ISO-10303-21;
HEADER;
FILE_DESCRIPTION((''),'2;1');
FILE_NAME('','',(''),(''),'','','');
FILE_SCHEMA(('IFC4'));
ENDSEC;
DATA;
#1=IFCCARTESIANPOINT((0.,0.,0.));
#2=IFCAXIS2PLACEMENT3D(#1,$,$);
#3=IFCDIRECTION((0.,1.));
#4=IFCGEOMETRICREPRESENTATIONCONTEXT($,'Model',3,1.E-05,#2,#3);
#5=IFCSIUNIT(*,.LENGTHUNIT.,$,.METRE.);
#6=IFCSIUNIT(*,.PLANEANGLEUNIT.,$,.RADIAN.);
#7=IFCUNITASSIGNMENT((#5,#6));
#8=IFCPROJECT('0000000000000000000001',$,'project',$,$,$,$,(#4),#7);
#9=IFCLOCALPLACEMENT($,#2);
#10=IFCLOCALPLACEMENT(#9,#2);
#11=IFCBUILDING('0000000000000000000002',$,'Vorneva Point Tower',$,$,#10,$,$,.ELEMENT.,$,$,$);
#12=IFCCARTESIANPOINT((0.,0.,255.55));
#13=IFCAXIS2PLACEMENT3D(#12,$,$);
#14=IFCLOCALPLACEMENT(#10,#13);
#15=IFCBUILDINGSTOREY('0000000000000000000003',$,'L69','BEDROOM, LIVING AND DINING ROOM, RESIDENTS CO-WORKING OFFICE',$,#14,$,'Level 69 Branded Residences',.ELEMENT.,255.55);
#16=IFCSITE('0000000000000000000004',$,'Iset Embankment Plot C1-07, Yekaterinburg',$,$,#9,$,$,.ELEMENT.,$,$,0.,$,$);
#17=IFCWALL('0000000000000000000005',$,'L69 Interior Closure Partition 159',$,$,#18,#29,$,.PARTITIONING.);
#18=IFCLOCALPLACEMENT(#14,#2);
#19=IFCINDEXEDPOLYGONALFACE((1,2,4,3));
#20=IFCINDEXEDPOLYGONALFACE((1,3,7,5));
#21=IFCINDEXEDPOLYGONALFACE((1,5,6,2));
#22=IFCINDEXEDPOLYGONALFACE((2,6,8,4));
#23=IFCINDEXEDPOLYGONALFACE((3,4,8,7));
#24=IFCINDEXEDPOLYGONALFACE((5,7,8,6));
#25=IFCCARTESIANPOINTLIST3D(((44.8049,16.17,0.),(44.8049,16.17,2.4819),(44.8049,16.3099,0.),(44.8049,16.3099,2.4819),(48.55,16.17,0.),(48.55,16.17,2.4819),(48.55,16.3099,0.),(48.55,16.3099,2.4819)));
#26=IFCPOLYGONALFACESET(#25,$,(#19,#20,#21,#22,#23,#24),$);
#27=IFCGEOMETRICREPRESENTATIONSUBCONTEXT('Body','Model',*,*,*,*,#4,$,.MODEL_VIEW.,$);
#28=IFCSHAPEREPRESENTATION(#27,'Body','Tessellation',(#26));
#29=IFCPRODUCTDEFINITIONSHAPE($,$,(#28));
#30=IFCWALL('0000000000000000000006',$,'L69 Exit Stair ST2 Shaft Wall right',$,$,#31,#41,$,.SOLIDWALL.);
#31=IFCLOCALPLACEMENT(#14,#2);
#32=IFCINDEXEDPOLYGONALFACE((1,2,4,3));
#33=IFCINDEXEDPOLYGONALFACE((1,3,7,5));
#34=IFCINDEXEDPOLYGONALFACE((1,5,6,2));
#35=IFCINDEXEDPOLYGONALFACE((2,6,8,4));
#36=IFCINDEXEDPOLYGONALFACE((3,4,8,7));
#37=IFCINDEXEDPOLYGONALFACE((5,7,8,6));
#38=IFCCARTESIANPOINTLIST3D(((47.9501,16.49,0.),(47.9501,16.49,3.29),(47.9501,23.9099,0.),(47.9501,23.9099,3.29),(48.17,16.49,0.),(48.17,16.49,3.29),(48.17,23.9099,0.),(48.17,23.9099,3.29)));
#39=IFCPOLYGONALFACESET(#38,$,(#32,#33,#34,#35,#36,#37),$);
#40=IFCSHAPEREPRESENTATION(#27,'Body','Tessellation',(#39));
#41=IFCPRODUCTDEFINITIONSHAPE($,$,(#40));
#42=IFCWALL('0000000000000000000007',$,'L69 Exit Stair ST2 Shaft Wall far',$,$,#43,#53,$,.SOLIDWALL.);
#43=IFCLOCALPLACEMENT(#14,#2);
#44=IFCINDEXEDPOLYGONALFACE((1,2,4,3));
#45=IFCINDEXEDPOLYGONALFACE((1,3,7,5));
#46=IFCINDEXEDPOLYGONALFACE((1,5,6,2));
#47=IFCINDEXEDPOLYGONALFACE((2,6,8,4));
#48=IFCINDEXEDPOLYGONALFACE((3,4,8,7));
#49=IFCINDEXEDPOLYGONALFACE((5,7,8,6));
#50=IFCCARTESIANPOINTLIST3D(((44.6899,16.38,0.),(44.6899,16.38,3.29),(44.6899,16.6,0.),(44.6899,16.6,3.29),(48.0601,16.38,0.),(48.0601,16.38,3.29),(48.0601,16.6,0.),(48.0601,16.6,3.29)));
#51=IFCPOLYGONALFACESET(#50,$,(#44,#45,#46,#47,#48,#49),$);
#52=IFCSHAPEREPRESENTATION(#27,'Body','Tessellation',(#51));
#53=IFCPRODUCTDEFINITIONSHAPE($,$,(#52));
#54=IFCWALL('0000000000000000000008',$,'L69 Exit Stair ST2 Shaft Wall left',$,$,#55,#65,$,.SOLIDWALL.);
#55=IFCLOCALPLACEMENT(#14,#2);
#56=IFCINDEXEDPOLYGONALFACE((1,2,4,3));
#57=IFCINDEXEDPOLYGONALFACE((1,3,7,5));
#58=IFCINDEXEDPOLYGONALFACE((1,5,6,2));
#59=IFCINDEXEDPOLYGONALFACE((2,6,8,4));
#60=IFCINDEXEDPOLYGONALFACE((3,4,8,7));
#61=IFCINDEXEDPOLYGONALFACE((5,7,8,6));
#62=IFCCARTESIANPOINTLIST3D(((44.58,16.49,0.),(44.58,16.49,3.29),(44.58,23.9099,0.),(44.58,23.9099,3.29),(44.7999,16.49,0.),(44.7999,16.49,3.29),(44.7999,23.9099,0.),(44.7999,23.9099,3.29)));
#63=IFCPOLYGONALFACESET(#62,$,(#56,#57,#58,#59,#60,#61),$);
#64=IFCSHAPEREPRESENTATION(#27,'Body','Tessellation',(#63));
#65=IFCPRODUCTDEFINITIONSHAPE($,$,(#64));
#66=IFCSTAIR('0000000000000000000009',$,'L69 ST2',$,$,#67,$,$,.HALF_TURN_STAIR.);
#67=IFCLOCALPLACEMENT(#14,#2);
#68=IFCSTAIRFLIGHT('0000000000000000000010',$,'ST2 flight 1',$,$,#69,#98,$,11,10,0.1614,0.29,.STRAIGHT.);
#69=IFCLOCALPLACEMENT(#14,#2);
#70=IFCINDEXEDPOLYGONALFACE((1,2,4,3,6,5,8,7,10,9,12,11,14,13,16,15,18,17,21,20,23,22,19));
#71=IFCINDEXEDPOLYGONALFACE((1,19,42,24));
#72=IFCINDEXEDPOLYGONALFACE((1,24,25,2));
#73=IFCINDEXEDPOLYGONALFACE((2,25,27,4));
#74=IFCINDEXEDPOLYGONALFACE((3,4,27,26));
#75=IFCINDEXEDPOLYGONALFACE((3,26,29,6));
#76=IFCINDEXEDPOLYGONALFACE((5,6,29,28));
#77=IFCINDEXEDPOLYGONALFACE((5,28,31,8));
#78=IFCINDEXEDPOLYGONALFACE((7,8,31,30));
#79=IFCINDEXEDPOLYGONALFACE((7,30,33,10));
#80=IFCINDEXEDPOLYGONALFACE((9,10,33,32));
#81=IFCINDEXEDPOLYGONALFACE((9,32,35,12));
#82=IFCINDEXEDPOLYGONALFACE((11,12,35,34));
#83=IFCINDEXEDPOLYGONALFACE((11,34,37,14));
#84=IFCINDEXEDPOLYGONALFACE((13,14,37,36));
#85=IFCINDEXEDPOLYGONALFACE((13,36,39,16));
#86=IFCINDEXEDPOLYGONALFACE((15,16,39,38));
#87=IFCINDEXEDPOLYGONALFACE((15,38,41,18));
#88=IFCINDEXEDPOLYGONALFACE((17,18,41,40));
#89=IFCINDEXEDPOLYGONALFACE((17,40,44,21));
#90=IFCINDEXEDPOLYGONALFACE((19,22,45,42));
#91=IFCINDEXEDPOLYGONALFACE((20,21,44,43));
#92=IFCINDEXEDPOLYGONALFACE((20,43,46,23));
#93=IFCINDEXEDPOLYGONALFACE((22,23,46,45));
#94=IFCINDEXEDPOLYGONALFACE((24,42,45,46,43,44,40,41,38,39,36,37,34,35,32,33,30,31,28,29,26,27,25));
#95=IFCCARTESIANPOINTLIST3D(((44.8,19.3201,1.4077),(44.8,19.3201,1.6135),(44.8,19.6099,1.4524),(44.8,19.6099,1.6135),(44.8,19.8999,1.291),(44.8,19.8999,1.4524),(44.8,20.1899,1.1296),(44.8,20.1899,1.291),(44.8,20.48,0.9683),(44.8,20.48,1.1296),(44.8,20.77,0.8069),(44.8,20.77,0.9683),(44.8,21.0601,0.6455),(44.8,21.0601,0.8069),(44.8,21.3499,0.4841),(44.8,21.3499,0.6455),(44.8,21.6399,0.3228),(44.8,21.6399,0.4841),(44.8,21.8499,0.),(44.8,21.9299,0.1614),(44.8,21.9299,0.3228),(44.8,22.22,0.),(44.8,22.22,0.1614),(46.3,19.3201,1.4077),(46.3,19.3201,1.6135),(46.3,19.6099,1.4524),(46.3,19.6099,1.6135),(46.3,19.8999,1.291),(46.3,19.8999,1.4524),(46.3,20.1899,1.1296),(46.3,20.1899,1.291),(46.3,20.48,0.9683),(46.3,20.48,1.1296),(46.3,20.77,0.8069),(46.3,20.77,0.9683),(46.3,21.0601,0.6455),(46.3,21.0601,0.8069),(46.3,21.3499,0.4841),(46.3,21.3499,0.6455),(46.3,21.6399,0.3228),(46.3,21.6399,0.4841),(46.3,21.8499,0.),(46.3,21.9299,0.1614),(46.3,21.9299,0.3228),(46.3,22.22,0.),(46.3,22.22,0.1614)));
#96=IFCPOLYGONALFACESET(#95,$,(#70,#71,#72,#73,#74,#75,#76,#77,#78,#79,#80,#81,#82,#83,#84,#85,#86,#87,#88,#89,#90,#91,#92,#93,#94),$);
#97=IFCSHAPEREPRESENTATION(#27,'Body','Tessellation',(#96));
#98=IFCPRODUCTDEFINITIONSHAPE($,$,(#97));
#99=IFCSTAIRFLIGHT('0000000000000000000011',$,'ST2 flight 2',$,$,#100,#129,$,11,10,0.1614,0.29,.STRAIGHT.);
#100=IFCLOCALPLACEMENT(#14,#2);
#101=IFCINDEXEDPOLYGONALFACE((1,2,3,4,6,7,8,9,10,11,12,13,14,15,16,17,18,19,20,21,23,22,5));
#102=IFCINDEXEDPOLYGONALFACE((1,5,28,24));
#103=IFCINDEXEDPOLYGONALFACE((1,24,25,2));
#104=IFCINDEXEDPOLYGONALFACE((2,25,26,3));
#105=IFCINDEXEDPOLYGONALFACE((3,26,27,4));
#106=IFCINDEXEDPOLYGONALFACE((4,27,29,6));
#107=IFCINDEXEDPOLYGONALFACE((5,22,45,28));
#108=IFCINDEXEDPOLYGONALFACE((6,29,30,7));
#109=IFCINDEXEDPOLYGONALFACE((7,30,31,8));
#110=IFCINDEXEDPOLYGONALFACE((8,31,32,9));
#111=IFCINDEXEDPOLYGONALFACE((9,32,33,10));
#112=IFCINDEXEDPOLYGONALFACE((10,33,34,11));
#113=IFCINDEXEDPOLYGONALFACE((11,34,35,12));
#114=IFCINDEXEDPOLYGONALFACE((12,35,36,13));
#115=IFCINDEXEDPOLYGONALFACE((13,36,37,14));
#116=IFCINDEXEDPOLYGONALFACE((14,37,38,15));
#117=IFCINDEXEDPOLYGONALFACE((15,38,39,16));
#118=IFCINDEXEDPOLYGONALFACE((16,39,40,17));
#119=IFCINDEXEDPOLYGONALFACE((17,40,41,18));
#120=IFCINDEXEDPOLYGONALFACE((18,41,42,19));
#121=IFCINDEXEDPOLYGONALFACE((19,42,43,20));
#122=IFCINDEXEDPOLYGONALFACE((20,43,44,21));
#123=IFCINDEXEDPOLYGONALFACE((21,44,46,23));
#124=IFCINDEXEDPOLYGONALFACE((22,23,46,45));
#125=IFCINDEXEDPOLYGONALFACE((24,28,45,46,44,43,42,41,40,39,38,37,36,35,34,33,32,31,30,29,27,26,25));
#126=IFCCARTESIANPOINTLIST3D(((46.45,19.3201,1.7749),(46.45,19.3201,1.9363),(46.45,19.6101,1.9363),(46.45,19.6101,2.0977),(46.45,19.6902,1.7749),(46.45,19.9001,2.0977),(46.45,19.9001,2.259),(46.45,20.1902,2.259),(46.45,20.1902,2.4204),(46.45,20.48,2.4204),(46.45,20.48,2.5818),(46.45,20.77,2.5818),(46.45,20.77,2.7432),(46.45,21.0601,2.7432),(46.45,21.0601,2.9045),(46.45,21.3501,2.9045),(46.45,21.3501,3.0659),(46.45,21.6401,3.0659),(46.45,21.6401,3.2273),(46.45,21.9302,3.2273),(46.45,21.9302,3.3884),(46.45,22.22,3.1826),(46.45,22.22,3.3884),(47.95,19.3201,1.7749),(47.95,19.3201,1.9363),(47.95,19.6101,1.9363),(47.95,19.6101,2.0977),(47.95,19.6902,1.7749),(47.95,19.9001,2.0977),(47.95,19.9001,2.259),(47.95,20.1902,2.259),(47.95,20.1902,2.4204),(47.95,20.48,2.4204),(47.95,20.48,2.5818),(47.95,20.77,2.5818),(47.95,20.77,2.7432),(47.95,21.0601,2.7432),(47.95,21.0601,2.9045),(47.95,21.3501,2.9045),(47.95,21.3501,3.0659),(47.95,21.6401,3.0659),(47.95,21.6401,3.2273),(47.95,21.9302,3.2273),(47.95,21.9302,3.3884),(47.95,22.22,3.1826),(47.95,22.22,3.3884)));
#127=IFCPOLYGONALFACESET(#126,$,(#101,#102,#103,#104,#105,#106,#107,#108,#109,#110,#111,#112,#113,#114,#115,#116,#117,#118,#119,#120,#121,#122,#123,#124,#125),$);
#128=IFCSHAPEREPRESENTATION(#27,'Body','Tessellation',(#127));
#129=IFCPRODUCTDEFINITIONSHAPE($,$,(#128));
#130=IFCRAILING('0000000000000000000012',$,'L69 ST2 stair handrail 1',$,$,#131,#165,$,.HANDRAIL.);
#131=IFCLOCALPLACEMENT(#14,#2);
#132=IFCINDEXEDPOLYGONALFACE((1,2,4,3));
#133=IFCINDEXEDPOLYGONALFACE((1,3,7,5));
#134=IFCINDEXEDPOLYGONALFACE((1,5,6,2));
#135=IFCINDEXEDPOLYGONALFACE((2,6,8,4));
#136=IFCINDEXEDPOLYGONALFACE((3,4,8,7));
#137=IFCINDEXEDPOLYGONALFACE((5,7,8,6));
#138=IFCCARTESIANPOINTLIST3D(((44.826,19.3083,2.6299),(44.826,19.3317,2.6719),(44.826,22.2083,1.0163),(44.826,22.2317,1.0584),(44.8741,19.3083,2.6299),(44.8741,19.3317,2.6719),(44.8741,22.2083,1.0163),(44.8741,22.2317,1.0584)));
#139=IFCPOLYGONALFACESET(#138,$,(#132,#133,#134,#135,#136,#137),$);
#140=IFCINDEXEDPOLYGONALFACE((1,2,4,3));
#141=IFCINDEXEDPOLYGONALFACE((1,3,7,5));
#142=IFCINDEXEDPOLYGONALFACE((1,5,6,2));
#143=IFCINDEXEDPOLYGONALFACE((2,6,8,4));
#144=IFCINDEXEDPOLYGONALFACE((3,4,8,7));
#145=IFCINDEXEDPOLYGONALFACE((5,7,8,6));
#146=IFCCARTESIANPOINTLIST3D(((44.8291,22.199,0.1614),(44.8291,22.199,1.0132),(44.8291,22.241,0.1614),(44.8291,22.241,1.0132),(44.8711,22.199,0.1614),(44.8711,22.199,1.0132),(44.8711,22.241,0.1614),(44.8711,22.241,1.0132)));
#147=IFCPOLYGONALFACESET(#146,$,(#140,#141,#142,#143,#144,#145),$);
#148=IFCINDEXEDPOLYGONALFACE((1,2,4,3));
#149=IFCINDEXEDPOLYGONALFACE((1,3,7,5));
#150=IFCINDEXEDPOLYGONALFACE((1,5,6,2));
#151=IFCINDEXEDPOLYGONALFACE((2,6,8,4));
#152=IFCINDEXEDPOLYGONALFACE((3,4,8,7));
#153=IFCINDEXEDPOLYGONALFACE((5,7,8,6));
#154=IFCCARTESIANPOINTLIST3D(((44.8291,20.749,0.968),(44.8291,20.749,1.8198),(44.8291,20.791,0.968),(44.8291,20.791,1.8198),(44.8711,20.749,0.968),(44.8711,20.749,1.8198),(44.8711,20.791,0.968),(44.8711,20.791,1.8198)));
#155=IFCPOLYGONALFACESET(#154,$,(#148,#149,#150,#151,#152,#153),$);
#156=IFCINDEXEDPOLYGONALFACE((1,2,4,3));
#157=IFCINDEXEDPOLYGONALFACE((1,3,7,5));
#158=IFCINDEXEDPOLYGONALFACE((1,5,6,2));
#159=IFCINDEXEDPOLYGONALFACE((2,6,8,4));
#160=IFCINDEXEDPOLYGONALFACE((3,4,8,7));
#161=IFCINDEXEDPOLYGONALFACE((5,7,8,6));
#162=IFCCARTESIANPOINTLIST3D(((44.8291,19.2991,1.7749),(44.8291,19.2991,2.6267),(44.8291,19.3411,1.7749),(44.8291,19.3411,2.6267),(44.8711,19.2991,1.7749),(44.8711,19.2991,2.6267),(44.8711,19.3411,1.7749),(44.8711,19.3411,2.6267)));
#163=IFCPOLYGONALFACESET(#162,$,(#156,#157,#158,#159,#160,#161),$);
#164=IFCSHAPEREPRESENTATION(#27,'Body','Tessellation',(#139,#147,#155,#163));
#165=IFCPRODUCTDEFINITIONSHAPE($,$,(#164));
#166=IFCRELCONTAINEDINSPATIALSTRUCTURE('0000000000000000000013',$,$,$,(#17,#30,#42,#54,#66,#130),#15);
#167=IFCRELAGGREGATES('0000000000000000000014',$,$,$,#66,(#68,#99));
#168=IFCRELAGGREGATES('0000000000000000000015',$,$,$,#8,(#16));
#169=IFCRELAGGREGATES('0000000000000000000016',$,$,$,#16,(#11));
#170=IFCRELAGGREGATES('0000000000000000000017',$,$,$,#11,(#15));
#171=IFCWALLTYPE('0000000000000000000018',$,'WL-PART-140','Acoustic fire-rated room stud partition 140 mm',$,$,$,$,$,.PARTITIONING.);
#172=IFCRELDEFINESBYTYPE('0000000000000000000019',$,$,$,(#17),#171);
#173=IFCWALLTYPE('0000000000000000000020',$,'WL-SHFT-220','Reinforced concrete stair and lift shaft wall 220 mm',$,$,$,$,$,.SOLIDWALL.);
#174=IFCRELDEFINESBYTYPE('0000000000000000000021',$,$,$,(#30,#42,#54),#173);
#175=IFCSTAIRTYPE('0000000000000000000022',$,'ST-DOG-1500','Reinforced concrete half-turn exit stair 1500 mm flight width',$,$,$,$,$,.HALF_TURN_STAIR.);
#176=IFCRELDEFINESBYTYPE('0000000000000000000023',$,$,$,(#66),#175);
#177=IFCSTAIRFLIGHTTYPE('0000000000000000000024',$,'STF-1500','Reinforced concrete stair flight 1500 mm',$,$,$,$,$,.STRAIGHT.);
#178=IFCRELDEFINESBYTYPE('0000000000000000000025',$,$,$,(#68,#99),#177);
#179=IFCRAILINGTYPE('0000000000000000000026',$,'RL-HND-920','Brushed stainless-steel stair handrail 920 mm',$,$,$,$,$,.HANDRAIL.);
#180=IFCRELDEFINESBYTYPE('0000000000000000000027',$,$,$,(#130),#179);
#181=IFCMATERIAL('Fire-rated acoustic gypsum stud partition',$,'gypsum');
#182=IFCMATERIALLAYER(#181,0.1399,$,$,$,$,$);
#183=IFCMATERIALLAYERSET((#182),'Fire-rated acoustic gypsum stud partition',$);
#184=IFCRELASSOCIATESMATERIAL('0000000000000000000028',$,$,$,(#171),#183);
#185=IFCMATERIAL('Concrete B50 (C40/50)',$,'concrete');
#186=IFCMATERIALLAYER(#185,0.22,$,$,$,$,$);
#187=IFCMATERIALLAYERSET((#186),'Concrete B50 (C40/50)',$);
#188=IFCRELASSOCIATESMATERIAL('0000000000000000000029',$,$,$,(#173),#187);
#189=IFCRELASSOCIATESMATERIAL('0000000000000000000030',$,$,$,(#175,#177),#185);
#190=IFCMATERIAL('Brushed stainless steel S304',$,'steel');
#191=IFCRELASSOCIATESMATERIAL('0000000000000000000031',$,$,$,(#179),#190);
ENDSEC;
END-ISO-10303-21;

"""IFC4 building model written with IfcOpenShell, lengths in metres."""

from ifc_helpers import new_model, si_unit, direction, frame, frame_2d, origin, origin_2d, place, context, subcontext, project, spatial, polyline, rectangle, outline, extrude, material, layer, layer_set, type_object, element, aggregate, save


model = new_model("IFC4")

# Units and contexts
model_context = context("Model", 3, precision=1e-05, world=origin(), true_north=direction((0.0, 1.0)))
body_context = subcontext(model_context, "Body", "Model", "MODEL_VIEW")
ifc_project = project(units=[si_unit("LENGTHUNIT", "METRE"), si_unit("PLANEANGLEUNIT", "RADIAN")], contexts=[model_context])

# Site, building, storey
site_placement = place(None, origin())
site = spatial("IfcSite", under=ifc_project, at=site_placement, Name="Iset Embankment Plot C1-07, Yekaterinburg", CompositionType="ELEMENT", RefElevation=0.0)
building_placement = place(site_placement, origin())
building = spatial("IfcBuilding", under=site, at=building_placement, Name="Vorneva Point Tower", CompositionType="ELEMENT")
storey_placement = place(building_placement, frame((0.0, 0.0, 255.55)))
storey = spatial("IfcBuildingStorey", under=building, at=storey_placement, Name="L69", Description="BEDROOM, LIVING AND DINING ROOM, RESIDENTS CO-WORKING OFFICE", LongName="Level 69 Branded Residences", CompositionType="ELEMENT", Elevation=255.55)

# Wall
ifc_material_1 = material(Name="Fire-rated acoustic gypsum stud partition", Category="gypsum")
ifc_layer_1 = layer(ifc_material_1, 0.1399)
ifc_layer_set_1 = layer_set([ifc_layer_1], Name="Fire-rated acoustic gypsum stud partition")
wall_type_1 = type_object("IfcWallType", Name="WL-PART-140", Description="Acoustic fire-rated room stud partition 140 mm", PredefinedType="PARTITIONING", material=ifc_layer_set_1)
wall_1_placement = place(storey_placement, frame((44.8049, 16.24, 0.0), z_axis=(0.0, 0.0, 1.0), x_axis=(1.0, 0.0, 0.0)))
element("IfcWall", 1, at=wall_1_placement, inside=storey, type_object=wall_type_1, Name="L69 Interior Closure Partition 159", PredefinedType="PARTITIONING", context=body_context, shape_type="SweptSolid", body=[
    extrude(rectangle(XDim=3.7451, YDim=0.1399, at=frame_2d((1.8726, 0.0))), origin(), (0.0, 0.0, 1.0), 2.4819),
])

# Shared definitions
ifc_material_2 = material(Name="Concrete B50 (C40/50)", Category="concrete")
ifc_layer_2 = layer(ifc_material_2, 0.22)
ifc_layer_set_2 = layer_set([ifc_layer_2], Name="Concrete B50 (C40/50)")
wall_type_2 = type_object("IfcWallType", Name="WL-SHFT-220", Description="Reinforced concrete stair and lift shaft wall 220 mm", PredefinedType="SOLIDWALL", material=ifc_layer_set_2)

# Walls
wall_2_placement = place(storey_placement, frame((48.0601, 23.9099, 0.0), z_axis=(0.0, 0.0, 1.0), x_axis=(0.0, -1.0, 0.0)))
element("IfcWall", 2, at=wall_2_placement, inside=storey, type_object=wall_type_2, Name="L69 Exit Stair ST2 Shaft Wall right", PredefinedType="SOLIDWALL", context=body_context, shape_type="SweptSolid", body=[
    extrude(rectangle(XDim=7.4199, YDim=0.22, at=frame_2d((3.71, 0.0))), origin(), (0.0, 0.0, 1.0), 3.29),
])
wall_3_placement = place(storey_placement, frame((48.0601, 16.49, 0.0), z_axis=(0.0, 0.0, 1.0), x_axis=(-1.0, 0.0, 0.0)))
element("IfcWall", 3, at=wall_3_placement, inside=storey, type_object=wall_type_2, Name="L69 Exit Stair ST2 Shaft Wall far", PredefinedType="SOLIDWALL", context=body_context, shape_type="SweptSolid", body=[
    extrude(rectangle(XDim=3.3701, YDim=0.22, at=frame_2d((1.6851, 0.0))), origin(), (0.0, 0.0, 1.0), 3.29),
])
wall_4_placement = place(storey_placement, frame((44.6899, 16.49, 0.0), z_axis=(0.0, 0.0, 1.0), x_axis=(0.0, 1.0, 0.0)))
element("IfcWall", 4, at=wall_4_placement, inside=storey, type_object=wall_type_2, Name="L69 Exit Stair ST2 Shaft Wall left", PredefinedType="SOLIDWALL", context=body_context, shape_type="SweptSolid", body=[
    extrude(rectangle(XDim=7.4199, YDim=0.22, at=frame_2d((3.71, 0.0))), origin(), (0.0, 0.0, 1.0), 3.29),
])

# Stair, stair flights
stair_type = type_object("IfcStairType", Name="ST-DOG-1500", Description="Reinforced concrete half-turn exit stair 1500 mm flight width", PredefinedType="HALF_TURN_STAIR", material=ifc_material_2)
stair_placement = place(storey_placement, origin())
stair = element("IfcStair", 5, at=stair_placement, inside=storey, type_object=stair_type, Name="L69 ST2", PredefinedType="HALF_TURN_STAIR")
stair_flight_type = type_object("IfcStairFlightType", Name="STF-1500", Description="Reinforced concrete stair flight 1500 mm", PredefinedType="STRAIGHT", material=ifc_material_2)
stair_flight_1_placement = place(storey_placement, frame((45.55, 22.22, 0.0), z_axis=(0.0, 0.0, 1.0), x_axis=(0.0, -1.0, 0.0)))
stair_flight_1 = element("IfcStairFlight", 6, at=stair_flight_1_placement, type_object=stair_flight_type, Name="ST2 flight 1", NumberOfRisers=11, NumberOfTreads=10, PredefinedType="STRAIGHT", RiserHeight=0.1614, TreadLength=0.29, context=body_context, shape_type="SweptSolid", body=[
    extrude(outline(polyline([(0.0, 0.0), (0.0, 0.1614), (0.29, 0.1614), (0.29, 0.3228), (0.5801, 0.3228), (0.5801, 0.4841), (0.8701, 0.4841), (0.8701, 0.6455), (1.1599, 0.6455), (1.1599, 0.8069), (1.45, 0.8069), (1.45, 0.9683), (1.74, 0.9683), (1.74, 1.1296), (2.03, 1.1296), (2.03, 1.291), (2.3201, 1.291), (2.3201, 1.4524), (2.6101, 1.4524), (2.6101, 1.6135), (2.8999, 1.6135), (2.8999, 1.7749), (2.8999, 1.4077), (0.3701, 0.0), (0.0, 0.0)])), frame((0.0, 0.75, 0.0), z_axis=(0.0, -1.0, 0.0), x_axis=(1.0, 0.0, 0.0)), (0.0, 0.0, 1.0), 1.5),
])
stair_flight_2_placement = place(storey_placement, frame((47.2, 19.3201, 1.7749), z_axis=(0.0, 0.0, 1.0), x_axis=(0.0, 1.0, 0.0)))
stair_flight_2 = element("IfcStairFlight", 7, at=stair_flight_2_placement, type_object=stair_flight_type, Name="ST2 flight 2", NumberOfRisers=11, NumberOfTreads=10, PredefinedType="STRAIGHT", RiserHeight=0.1614, TreadLength=0.29, context=body_context, shape_type="SweptSolid", body=[
    extrude(outline(polyline([(0.0, 0.0), (0.0, 0.1614), (0.29, 0.1614), (0.29, 0.3228), (0.5801, 0.3228), (0.5801, 0.4841), (0.8701, 0.4841), (0.8701, 0.6455), (1.1599, 0.6455), (1.1599, 0.8069), (1.45, 0.8069), (1.45, 0.9683), (1.74, 0.9683), (1.74, 1.1296), (2.03, 1.1296), (2.03, 1.291), (2.3201, 1.291), (2.3201, 1.4524), (2.6101, 1.4524), (2.6101, 1.6135), (2.8999, 1.6135), (2.8999, 1.7749), (2.8999, 1.4077), (0.3701, 0.0), (0.0, 0.0)])), frame((0.0, 0.75, 0.0), z_axis=(0.0, -1.0, 0.0), x_axis=(1.0, 0.0, 0.0)), (0.0, 0.0, 1.0), 1.5),
])
aggregate(stair, [stair_flight_1, stair_flight_2])

# Railing
ifc_material_3 = material(Name="Brushed stainless steel S304", Category="steel")
railing_type_1 = type_object("IfcRailingType", Name="RL-HND-920", Description="Brushed stainless-steel stair handrail 920 mm", PredefinedType="HANDRAIL", material=ifc_material_3)
railing_1_placement = place(storey_placement, frame((44.8501, 22.22, 0.1614)))
element("IfcRailing", 8, at=railing_1_placement, inside=storey, type_object=railing_type_1, Name="L69 ST2 stair handrail 1", PredefinedType="HANDRAIL", context=body_context, shape_type="SweptSolid", body=[
    extrude(rectangle(XDim=0.0481, YDim=0.0481, at=origin_2d()), frame((0.0, 0.0, 0.876), z_axis=(0.0, -0.873841, 0.486211), x_axis=(1.0, 0.0, 0.0)), (0.0, 0.0, 1.0), 3.3186),
    extrude(rectangle(XDim=0.042, YDim=0.042, at=origin_2d()), origin(), (0.0, 0.0, 1.0), 0.8518),
    extrude(rectangle(XDim=0.042, YDim=0.042, at=origin_2d()), frame((0.0, -1.45, 0.8066)), (0.0, 0.0, 1.0), 0.8518),
    extrude(rectangle(XDim=0.042, YDim=0.042, at=origin_2d()), frame((0.0, -2.8999, 1.6135)), (0.0, 0.0, 1.0), 0.8518),
])

save(model, "model.ifc")
